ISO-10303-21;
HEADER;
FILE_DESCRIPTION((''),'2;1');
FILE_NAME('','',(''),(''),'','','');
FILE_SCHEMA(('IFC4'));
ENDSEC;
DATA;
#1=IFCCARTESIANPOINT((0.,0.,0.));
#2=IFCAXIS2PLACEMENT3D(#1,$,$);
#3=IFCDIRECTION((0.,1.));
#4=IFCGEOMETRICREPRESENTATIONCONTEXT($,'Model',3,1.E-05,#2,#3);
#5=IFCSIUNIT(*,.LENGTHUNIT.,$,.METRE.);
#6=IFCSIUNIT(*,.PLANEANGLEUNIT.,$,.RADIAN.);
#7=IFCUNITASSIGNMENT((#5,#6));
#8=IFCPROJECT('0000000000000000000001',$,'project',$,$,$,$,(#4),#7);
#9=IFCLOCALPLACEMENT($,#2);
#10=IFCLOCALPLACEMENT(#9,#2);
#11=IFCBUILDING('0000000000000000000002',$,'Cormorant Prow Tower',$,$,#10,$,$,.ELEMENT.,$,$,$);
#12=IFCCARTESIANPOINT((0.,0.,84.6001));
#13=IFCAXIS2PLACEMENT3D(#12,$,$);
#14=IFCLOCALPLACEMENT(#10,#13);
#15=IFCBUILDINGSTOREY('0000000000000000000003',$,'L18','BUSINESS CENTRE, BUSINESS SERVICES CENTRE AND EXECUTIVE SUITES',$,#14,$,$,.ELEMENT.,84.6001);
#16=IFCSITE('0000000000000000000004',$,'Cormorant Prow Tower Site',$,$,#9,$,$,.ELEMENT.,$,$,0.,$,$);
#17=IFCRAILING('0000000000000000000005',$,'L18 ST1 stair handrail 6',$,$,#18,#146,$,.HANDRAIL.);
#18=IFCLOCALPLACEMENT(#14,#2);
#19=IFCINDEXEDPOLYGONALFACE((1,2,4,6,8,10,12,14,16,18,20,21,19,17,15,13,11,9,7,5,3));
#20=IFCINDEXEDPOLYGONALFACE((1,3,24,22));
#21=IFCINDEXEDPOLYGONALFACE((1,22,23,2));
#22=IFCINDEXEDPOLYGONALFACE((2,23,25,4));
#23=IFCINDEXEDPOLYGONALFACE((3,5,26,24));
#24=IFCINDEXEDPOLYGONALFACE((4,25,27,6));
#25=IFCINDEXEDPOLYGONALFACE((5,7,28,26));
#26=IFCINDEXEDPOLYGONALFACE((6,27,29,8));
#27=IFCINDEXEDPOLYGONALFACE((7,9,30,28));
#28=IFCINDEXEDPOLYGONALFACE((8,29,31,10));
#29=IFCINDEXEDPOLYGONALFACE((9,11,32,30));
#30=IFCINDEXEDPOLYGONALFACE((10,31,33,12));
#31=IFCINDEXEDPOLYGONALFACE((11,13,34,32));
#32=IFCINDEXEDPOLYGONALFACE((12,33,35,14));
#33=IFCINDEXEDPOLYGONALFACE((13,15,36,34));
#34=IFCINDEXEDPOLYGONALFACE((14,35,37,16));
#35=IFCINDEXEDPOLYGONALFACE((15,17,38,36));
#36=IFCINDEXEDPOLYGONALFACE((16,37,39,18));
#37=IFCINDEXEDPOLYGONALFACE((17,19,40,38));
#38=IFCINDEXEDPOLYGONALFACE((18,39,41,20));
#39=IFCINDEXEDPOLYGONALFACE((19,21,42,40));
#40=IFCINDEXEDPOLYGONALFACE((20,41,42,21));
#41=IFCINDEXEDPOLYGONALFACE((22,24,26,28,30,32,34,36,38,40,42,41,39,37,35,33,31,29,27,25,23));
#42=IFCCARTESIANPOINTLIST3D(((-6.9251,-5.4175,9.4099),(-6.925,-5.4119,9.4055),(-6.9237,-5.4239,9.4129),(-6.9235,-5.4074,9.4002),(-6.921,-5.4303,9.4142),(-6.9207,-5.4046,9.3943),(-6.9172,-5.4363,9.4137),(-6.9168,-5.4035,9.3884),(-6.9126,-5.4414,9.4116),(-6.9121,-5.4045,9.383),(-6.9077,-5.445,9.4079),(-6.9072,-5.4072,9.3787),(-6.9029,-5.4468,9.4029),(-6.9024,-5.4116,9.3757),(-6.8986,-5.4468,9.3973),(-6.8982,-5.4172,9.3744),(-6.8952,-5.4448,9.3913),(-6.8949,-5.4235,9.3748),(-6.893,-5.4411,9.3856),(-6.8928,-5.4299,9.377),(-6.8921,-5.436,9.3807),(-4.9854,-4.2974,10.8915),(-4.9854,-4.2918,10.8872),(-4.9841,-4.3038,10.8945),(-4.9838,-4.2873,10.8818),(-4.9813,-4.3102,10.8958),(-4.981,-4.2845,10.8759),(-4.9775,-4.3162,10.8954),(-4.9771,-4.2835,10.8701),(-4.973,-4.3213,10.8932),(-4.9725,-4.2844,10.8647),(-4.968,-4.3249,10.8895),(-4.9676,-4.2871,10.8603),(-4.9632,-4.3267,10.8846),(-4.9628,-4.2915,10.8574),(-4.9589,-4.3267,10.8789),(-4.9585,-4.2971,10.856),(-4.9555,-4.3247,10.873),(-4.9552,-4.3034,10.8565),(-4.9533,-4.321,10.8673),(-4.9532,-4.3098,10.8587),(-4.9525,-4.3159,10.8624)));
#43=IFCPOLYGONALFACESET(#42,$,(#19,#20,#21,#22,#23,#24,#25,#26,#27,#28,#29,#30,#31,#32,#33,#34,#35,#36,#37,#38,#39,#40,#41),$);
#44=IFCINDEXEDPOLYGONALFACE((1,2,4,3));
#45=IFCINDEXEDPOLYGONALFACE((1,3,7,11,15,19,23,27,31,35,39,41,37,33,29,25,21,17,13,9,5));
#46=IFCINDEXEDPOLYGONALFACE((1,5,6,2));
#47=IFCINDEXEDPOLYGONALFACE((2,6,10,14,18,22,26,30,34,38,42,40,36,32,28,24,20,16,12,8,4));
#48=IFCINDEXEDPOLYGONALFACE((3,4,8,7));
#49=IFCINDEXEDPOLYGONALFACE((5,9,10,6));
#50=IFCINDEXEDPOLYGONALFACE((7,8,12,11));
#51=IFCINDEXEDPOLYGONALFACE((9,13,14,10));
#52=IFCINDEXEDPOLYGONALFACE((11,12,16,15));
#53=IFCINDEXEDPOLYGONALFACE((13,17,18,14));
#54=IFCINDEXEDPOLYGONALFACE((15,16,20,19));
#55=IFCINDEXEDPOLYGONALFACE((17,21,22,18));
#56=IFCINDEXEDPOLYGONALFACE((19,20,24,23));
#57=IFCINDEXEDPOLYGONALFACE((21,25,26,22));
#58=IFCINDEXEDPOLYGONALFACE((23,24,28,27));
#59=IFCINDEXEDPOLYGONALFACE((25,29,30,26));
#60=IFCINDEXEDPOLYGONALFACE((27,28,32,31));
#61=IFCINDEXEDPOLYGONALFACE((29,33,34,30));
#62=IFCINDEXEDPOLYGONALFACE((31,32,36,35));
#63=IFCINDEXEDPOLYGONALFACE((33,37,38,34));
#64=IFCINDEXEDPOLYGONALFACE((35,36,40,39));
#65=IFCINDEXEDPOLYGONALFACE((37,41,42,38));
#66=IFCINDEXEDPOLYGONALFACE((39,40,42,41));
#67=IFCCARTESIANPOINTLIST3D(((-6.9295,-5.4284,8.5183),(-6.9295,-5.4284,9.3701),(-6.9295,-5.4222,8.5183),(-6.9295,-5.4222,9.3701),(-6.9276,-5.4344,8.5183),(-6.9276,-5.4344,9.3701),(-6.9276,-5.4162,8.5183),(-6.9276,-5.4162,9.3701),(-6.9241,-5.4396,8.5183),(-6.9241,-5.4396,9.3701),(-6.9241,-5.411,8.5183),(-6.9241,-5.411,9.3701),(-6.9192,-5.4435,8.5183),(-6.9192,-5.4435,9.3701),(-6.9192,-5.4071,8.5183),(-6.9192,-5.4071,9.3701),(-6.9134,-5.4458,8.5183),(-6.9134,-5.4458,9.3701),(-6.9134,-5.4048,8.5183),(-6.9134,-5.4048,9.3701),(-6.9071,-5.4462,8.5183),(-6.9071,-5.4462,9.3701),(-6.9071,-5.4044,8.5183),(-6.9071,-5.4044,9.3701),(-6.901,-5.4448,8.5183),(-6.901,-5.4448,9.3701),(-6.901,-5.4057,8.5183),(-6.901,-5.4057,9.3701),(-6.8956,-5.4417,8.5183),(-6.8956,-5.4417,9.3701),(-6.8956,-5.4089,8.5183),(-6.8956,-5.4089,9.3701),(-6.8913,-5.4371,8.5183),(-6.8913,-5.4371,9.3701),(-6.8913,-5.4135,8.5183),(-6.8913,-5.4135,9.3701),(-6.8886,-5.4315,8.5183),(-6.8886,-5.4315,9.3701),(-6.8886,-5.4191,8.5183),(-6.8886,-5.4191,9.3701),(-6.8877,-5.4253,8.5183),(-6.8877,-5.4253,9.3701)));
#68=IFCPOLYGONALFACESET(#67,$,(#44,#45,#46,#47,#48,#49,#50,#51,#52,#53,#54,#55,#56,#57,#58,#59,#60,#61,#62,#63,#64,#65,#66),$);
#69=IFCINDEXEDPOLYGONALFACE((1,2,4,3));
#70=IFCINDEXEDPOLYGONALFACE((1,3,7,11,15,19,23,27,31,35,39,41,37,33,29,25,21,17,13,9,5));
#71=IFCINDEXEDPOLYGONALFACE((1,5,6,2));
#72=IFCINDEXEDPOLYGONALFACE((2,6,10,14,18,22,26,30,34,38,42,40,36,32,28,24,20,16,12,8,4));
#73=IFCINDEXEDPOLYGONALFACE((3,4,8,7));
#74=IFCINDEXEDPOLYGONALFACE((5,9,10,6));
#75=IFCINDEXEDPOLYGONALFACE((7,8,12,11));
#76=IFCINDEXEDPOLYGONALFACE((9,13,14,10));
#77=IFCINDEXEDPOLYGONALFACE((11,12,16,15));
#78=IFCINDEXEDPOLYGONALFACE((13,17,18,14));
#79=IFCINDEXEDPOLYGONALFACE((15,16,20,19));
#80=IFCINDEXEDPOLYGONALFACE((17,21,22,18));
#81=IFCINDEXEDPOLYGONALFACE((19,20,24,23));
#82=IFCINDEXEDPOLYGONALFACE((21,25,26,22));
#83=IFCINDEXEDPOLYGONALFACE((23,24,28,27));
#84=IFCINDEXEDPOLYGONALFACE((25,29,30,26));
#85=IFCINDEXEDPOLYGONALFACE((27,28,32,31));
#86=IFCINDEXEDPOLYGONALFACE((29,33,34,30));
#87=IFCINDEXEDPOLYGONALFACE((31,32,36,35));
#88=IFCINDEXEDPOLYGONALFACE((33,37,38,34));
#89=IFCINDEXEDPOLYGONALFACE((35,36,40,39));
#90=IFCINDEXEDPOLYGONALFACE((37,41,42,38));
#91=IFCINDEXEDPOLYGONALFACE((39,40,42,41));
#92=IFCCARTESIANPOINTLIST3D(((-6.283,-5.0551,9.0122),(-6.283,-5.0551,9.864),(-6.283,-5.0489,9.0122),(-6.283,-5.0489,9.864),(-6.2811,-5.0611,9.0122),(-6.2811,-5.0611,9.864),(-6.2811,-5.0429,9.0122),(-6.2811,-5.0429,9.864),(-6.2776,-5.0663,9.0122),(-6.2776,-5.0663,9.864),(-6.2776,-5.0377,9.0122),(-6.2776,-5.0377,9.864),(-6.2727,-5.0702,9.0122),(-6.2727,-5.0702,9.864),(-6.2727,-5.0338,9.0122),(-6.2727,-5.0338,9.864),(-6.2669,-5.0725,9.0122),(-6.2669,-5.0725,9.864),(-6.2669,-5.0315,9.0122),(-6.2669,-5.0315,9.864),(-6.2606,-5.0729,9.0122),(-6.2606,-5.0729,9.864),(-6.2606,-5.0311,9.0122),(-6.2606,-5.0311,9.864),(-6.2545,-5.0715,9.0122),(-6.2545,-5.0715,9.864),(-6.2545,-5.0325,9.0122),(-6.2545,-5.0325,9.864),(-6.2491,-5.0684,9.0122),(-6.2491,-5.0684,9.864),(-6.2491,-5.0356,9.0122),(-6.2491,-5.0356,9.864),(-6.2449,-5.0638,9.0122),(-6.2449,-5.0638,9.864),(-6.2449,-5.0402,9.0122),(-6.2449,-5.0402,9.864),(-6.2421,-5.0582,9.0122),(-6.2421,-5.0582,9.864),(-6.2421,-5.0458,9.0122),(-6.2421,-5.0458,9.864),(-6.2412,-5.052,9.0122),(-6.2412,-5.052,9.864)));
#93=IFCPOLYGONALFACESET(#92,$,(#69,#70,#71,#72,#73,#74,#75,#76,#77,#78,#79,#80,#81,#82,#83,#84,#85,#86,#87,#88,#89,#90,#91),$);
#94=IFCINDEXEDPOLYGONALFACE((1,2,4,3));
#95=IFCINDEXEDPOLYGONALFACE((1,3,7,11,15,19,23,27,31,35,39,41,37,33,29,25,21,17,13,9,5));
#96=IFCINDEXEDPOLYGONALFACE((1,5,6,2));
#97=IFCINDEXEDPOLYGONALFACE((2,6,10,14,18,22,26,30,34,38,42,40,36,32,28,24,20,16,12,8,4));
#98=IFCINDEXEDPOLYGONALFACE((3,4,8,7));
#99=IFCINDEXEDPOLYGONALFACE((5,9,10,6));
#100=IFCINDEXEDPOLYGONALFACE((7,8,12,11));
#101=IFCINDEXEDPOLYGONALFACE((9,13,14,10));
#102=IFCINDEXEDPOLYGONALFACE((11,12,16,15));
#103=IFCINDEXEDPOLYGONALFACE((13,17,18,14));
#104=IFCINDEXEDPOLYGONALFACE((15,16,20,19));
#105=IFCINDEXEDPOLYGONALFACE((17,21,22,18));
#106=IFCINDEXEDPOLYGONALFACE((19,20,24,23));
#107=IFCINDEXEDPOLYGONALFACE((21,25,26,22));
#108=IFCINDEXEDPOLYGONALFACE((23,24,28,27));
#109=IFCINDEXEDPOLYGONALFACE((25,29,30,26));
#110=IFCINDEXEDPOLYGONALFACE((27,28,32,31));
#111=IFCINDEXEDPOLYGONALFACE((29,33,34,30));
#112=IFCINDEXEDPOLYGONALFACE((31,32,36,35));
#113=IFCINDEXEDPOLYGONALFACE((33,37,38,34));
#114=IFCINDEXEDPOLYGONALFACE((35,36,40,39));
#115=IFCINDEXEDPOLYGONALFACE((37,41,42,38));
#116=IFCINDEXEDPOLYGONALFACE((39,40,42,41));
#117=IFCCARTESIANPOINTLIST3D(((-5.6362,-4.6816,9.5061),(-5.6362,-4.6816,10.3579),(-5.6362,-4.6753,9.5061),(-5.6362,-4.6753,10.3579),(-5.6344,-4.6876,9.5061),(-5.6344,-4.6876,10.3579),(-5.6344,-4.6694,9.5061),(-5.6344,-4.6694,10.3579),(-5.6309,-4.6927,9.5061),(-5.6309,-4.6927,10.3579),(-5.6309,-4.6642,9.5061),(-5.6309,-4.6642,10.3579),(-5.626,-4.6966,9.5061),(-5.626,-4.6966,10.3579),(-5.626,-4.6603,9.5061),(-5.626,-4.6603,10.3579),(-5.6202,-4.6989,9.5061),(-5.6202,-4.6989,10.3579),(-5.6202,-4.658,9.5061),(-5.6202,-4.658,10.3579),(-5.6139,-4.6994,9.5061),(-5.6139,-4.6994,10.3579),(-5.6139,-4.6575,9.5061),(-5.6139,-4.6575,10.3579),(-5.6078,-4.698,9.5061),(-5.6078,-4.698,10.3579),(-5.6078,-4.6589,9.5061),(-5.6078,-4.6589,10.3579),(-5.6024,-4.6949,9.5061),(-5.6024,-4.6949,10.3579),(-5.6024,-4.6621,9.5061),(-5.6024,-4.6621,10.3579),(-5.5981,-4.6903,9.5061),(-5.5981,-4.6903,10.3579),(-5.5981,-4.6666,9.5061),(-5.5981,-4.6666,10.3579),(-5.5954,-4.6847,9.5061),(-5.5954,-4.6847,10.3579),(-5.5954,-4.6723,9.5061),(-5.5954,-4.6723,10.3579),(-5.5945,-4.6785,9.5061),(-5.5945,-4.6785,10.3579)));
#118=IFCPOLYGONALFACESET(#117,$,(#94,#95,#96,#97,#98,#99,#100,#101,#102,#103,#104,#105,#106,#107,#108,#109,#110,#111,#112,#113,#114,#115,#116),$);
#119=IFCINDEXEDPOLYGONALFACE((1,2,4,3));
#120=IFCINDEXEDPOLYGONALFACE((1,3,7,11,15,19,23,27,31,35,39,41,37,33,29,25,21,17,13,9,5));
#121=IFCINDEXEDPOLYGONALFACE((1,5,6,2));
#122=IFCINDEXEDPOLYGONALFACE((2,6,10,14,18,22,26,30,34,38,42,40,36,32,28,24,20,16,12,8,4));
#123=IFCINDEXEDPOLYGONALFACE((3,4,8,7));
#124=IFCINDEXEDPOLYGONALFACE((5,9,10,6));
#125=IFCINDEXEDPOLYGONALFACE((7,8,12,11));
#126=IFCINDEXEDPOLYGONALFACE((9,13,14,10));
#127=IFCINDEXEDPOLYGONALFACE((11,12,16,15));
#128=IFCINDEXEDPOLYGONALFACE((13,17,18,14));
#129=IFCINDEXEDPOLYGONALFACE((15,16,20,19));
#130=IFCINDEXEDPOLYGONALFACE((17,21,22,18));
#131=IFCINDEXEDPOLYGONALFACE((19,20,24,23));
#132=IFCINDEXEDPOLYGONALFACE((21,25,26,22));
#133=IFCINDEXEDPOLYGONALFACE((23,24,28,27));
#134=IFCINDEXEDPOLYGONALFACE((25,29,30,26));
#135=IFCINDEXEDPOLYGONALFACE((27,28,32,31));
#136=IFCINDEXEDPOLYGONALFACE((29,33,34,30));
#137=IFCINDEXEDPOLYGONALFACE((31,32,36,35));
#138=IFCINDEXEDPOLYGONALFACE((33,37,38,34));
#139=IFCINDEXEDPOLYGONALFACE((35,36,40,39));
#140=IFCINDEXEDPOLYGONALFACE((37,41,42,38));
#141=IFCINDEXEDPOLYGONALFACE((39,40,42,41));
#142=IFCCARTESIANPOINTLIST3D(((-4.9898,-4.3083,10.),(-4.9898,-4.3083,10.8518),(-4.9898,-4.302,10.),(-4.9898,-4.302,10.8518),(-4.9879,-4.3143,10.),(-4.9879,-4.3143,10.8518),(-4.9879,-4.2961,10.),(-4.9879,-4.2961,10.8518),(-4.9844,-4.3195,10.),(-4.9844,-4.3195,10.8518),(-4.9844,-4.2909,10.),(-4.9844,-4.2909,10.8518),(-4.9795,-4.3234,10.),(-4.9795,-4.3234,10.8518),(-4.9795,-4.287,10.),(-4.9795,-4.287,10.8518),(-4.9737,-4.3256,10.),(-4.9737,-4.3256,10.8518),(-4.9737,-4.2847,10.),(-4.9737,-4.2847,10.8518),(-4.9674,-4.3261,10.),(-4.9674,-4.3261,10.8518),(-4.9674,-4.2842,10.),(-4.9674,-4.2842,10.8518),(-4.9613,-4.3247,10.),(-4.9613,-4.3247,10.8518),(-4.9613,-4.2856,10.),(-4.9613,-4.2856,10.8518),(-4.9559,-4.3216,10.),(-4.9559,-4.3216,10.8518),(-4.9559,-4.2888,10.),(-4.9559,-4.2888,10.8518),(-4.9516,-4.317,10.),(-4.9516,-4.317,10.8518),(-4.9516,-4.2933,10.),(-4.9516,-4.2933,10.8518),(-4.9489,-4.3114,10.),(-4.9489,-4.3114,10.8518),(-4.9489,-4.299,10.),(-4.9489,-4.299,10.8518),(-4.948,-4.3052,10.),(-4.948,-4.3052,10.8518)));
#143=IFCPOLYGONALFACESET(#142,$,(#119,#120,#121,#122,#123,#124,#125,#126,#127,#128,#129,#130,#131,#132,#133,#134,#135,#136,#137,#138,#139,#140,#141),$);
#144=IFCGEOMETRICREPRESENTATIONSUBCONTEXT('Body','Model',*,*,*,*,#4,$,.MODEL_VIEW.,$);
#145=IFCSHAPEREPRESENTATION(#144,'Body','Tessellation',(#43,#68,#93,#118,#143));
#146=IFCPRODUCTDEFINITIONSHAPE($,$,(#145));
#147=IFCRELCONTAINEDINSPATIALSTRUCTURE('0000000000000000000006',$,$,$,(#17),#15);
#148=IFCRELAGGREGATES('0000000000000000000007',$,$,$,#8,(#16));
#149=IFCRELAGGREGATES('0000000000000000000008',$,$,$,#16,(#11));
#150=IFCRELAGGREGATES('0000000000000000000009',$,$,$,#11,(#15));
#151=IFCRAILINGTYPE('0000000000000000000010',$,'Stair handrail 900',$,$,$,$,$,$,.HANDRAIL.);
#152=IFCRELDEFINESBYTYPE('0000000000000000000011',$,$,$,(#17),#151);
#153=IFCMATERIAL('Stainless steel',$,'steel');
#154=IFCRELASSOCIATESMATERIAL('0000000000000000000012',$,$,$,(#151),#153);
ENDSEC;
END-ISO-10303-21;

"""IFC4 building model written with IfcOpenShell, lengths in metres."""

from ifc_helpers import new_model, si_unit, direction, frame, origin, origin_2d, place, context, subcontext, project, spatial, circle, extrude, material, type_object, element, save


model = new_model("IFC4")

# Units and contexts
model_context = context("Model", 3, precision=1e-05, world=origin(), true_north=direction((0.0, 1.0)))
body_context = subcontext(model_context, "Body", "Model", "MODEL_VIEW")
ifc_project = project(units=[si_unit("LENGTHUNIT", "METRE"), si_unit("PLANEANGLEUNIT", "RADIAN")], contexts=[model_context])

# Site, building, storey
site_placement = place(None, origin())
site = spatial("IfcSite", under=ifc_project, at=site_placement, Name="Cormorant Prow Tower Site", CompositionType="ELEMENT", RefElevation=0.0)
building_placement = place(site_placement, origin())
building = spatial("IfcBuilding", under=site, at=building_placement, Name="Cormorant Prow Tower", CompositionType="ELEMENT")
storey_placement = place(building_placement, frame((0.0, 0.0, 84.6001)))
storey = spatial("IfcBuildingStorey", under=building, at=storey_placement, Name="L18", Description="BUSINESS CENTRE, BUSINESS SERVICES CENTRE AND EXECUTIVE SUITES", CompositionType="ELEMENT", Elevation=84.6001)

# Railing
ifc_material_1 = material(Name="Stainless steel", Category="steel")
railing_type_1 = type_object("IfcRailingType", Name="Stair handrail 900", PredefinedType="HANDRAIL", material=ifc_material_1)
railing_1_placement = place(storey_placement, frame((-6.9087, -5.4253, 8.5183)))
element("IfcRailing", 1, at=railing_1_placement, inside=storey, type_object=railing_type_1, Name="L18 ST1 stair handrail 6", PredefinedType="HANDRAIL", context=body_context, shape_type="SweptSolid", body=[
    extrude(circle(Radius=0.0239, at=origin_2d()), frame((0.0, 0.0, 0.876), z_axis=(0.722256, 0.417081, 0.551715), x_axis=(-0.500078, 0.86598, 0.0)), (0.0, 0.0, 1.0), 2.6855),
    extrude(circle(Radius=0.021, at=origin_2d()), origin(), (0.0, 0.0, 1.0), 0.8518),
    extrude(circle(Radius=0.021, at=origin_2d()), frame((0.6465, 0.3733, 0.4939)), (0.0, 0.0, 1.0), 0.8518),
    extrude(circle(Radius=0.021, at=origin_2d()), frame((1.2932, 0.7468, 0.9878)), (0.0, 0.0, 1.0), 0.8518),
    extrude(circle(Radius=0.021, at=origin_2d()), frame((1.9397, 1.1201, 1.4817)), (0.0, 0.0, 1.0), 0.8518),
])

save(model, "model.ifc")
